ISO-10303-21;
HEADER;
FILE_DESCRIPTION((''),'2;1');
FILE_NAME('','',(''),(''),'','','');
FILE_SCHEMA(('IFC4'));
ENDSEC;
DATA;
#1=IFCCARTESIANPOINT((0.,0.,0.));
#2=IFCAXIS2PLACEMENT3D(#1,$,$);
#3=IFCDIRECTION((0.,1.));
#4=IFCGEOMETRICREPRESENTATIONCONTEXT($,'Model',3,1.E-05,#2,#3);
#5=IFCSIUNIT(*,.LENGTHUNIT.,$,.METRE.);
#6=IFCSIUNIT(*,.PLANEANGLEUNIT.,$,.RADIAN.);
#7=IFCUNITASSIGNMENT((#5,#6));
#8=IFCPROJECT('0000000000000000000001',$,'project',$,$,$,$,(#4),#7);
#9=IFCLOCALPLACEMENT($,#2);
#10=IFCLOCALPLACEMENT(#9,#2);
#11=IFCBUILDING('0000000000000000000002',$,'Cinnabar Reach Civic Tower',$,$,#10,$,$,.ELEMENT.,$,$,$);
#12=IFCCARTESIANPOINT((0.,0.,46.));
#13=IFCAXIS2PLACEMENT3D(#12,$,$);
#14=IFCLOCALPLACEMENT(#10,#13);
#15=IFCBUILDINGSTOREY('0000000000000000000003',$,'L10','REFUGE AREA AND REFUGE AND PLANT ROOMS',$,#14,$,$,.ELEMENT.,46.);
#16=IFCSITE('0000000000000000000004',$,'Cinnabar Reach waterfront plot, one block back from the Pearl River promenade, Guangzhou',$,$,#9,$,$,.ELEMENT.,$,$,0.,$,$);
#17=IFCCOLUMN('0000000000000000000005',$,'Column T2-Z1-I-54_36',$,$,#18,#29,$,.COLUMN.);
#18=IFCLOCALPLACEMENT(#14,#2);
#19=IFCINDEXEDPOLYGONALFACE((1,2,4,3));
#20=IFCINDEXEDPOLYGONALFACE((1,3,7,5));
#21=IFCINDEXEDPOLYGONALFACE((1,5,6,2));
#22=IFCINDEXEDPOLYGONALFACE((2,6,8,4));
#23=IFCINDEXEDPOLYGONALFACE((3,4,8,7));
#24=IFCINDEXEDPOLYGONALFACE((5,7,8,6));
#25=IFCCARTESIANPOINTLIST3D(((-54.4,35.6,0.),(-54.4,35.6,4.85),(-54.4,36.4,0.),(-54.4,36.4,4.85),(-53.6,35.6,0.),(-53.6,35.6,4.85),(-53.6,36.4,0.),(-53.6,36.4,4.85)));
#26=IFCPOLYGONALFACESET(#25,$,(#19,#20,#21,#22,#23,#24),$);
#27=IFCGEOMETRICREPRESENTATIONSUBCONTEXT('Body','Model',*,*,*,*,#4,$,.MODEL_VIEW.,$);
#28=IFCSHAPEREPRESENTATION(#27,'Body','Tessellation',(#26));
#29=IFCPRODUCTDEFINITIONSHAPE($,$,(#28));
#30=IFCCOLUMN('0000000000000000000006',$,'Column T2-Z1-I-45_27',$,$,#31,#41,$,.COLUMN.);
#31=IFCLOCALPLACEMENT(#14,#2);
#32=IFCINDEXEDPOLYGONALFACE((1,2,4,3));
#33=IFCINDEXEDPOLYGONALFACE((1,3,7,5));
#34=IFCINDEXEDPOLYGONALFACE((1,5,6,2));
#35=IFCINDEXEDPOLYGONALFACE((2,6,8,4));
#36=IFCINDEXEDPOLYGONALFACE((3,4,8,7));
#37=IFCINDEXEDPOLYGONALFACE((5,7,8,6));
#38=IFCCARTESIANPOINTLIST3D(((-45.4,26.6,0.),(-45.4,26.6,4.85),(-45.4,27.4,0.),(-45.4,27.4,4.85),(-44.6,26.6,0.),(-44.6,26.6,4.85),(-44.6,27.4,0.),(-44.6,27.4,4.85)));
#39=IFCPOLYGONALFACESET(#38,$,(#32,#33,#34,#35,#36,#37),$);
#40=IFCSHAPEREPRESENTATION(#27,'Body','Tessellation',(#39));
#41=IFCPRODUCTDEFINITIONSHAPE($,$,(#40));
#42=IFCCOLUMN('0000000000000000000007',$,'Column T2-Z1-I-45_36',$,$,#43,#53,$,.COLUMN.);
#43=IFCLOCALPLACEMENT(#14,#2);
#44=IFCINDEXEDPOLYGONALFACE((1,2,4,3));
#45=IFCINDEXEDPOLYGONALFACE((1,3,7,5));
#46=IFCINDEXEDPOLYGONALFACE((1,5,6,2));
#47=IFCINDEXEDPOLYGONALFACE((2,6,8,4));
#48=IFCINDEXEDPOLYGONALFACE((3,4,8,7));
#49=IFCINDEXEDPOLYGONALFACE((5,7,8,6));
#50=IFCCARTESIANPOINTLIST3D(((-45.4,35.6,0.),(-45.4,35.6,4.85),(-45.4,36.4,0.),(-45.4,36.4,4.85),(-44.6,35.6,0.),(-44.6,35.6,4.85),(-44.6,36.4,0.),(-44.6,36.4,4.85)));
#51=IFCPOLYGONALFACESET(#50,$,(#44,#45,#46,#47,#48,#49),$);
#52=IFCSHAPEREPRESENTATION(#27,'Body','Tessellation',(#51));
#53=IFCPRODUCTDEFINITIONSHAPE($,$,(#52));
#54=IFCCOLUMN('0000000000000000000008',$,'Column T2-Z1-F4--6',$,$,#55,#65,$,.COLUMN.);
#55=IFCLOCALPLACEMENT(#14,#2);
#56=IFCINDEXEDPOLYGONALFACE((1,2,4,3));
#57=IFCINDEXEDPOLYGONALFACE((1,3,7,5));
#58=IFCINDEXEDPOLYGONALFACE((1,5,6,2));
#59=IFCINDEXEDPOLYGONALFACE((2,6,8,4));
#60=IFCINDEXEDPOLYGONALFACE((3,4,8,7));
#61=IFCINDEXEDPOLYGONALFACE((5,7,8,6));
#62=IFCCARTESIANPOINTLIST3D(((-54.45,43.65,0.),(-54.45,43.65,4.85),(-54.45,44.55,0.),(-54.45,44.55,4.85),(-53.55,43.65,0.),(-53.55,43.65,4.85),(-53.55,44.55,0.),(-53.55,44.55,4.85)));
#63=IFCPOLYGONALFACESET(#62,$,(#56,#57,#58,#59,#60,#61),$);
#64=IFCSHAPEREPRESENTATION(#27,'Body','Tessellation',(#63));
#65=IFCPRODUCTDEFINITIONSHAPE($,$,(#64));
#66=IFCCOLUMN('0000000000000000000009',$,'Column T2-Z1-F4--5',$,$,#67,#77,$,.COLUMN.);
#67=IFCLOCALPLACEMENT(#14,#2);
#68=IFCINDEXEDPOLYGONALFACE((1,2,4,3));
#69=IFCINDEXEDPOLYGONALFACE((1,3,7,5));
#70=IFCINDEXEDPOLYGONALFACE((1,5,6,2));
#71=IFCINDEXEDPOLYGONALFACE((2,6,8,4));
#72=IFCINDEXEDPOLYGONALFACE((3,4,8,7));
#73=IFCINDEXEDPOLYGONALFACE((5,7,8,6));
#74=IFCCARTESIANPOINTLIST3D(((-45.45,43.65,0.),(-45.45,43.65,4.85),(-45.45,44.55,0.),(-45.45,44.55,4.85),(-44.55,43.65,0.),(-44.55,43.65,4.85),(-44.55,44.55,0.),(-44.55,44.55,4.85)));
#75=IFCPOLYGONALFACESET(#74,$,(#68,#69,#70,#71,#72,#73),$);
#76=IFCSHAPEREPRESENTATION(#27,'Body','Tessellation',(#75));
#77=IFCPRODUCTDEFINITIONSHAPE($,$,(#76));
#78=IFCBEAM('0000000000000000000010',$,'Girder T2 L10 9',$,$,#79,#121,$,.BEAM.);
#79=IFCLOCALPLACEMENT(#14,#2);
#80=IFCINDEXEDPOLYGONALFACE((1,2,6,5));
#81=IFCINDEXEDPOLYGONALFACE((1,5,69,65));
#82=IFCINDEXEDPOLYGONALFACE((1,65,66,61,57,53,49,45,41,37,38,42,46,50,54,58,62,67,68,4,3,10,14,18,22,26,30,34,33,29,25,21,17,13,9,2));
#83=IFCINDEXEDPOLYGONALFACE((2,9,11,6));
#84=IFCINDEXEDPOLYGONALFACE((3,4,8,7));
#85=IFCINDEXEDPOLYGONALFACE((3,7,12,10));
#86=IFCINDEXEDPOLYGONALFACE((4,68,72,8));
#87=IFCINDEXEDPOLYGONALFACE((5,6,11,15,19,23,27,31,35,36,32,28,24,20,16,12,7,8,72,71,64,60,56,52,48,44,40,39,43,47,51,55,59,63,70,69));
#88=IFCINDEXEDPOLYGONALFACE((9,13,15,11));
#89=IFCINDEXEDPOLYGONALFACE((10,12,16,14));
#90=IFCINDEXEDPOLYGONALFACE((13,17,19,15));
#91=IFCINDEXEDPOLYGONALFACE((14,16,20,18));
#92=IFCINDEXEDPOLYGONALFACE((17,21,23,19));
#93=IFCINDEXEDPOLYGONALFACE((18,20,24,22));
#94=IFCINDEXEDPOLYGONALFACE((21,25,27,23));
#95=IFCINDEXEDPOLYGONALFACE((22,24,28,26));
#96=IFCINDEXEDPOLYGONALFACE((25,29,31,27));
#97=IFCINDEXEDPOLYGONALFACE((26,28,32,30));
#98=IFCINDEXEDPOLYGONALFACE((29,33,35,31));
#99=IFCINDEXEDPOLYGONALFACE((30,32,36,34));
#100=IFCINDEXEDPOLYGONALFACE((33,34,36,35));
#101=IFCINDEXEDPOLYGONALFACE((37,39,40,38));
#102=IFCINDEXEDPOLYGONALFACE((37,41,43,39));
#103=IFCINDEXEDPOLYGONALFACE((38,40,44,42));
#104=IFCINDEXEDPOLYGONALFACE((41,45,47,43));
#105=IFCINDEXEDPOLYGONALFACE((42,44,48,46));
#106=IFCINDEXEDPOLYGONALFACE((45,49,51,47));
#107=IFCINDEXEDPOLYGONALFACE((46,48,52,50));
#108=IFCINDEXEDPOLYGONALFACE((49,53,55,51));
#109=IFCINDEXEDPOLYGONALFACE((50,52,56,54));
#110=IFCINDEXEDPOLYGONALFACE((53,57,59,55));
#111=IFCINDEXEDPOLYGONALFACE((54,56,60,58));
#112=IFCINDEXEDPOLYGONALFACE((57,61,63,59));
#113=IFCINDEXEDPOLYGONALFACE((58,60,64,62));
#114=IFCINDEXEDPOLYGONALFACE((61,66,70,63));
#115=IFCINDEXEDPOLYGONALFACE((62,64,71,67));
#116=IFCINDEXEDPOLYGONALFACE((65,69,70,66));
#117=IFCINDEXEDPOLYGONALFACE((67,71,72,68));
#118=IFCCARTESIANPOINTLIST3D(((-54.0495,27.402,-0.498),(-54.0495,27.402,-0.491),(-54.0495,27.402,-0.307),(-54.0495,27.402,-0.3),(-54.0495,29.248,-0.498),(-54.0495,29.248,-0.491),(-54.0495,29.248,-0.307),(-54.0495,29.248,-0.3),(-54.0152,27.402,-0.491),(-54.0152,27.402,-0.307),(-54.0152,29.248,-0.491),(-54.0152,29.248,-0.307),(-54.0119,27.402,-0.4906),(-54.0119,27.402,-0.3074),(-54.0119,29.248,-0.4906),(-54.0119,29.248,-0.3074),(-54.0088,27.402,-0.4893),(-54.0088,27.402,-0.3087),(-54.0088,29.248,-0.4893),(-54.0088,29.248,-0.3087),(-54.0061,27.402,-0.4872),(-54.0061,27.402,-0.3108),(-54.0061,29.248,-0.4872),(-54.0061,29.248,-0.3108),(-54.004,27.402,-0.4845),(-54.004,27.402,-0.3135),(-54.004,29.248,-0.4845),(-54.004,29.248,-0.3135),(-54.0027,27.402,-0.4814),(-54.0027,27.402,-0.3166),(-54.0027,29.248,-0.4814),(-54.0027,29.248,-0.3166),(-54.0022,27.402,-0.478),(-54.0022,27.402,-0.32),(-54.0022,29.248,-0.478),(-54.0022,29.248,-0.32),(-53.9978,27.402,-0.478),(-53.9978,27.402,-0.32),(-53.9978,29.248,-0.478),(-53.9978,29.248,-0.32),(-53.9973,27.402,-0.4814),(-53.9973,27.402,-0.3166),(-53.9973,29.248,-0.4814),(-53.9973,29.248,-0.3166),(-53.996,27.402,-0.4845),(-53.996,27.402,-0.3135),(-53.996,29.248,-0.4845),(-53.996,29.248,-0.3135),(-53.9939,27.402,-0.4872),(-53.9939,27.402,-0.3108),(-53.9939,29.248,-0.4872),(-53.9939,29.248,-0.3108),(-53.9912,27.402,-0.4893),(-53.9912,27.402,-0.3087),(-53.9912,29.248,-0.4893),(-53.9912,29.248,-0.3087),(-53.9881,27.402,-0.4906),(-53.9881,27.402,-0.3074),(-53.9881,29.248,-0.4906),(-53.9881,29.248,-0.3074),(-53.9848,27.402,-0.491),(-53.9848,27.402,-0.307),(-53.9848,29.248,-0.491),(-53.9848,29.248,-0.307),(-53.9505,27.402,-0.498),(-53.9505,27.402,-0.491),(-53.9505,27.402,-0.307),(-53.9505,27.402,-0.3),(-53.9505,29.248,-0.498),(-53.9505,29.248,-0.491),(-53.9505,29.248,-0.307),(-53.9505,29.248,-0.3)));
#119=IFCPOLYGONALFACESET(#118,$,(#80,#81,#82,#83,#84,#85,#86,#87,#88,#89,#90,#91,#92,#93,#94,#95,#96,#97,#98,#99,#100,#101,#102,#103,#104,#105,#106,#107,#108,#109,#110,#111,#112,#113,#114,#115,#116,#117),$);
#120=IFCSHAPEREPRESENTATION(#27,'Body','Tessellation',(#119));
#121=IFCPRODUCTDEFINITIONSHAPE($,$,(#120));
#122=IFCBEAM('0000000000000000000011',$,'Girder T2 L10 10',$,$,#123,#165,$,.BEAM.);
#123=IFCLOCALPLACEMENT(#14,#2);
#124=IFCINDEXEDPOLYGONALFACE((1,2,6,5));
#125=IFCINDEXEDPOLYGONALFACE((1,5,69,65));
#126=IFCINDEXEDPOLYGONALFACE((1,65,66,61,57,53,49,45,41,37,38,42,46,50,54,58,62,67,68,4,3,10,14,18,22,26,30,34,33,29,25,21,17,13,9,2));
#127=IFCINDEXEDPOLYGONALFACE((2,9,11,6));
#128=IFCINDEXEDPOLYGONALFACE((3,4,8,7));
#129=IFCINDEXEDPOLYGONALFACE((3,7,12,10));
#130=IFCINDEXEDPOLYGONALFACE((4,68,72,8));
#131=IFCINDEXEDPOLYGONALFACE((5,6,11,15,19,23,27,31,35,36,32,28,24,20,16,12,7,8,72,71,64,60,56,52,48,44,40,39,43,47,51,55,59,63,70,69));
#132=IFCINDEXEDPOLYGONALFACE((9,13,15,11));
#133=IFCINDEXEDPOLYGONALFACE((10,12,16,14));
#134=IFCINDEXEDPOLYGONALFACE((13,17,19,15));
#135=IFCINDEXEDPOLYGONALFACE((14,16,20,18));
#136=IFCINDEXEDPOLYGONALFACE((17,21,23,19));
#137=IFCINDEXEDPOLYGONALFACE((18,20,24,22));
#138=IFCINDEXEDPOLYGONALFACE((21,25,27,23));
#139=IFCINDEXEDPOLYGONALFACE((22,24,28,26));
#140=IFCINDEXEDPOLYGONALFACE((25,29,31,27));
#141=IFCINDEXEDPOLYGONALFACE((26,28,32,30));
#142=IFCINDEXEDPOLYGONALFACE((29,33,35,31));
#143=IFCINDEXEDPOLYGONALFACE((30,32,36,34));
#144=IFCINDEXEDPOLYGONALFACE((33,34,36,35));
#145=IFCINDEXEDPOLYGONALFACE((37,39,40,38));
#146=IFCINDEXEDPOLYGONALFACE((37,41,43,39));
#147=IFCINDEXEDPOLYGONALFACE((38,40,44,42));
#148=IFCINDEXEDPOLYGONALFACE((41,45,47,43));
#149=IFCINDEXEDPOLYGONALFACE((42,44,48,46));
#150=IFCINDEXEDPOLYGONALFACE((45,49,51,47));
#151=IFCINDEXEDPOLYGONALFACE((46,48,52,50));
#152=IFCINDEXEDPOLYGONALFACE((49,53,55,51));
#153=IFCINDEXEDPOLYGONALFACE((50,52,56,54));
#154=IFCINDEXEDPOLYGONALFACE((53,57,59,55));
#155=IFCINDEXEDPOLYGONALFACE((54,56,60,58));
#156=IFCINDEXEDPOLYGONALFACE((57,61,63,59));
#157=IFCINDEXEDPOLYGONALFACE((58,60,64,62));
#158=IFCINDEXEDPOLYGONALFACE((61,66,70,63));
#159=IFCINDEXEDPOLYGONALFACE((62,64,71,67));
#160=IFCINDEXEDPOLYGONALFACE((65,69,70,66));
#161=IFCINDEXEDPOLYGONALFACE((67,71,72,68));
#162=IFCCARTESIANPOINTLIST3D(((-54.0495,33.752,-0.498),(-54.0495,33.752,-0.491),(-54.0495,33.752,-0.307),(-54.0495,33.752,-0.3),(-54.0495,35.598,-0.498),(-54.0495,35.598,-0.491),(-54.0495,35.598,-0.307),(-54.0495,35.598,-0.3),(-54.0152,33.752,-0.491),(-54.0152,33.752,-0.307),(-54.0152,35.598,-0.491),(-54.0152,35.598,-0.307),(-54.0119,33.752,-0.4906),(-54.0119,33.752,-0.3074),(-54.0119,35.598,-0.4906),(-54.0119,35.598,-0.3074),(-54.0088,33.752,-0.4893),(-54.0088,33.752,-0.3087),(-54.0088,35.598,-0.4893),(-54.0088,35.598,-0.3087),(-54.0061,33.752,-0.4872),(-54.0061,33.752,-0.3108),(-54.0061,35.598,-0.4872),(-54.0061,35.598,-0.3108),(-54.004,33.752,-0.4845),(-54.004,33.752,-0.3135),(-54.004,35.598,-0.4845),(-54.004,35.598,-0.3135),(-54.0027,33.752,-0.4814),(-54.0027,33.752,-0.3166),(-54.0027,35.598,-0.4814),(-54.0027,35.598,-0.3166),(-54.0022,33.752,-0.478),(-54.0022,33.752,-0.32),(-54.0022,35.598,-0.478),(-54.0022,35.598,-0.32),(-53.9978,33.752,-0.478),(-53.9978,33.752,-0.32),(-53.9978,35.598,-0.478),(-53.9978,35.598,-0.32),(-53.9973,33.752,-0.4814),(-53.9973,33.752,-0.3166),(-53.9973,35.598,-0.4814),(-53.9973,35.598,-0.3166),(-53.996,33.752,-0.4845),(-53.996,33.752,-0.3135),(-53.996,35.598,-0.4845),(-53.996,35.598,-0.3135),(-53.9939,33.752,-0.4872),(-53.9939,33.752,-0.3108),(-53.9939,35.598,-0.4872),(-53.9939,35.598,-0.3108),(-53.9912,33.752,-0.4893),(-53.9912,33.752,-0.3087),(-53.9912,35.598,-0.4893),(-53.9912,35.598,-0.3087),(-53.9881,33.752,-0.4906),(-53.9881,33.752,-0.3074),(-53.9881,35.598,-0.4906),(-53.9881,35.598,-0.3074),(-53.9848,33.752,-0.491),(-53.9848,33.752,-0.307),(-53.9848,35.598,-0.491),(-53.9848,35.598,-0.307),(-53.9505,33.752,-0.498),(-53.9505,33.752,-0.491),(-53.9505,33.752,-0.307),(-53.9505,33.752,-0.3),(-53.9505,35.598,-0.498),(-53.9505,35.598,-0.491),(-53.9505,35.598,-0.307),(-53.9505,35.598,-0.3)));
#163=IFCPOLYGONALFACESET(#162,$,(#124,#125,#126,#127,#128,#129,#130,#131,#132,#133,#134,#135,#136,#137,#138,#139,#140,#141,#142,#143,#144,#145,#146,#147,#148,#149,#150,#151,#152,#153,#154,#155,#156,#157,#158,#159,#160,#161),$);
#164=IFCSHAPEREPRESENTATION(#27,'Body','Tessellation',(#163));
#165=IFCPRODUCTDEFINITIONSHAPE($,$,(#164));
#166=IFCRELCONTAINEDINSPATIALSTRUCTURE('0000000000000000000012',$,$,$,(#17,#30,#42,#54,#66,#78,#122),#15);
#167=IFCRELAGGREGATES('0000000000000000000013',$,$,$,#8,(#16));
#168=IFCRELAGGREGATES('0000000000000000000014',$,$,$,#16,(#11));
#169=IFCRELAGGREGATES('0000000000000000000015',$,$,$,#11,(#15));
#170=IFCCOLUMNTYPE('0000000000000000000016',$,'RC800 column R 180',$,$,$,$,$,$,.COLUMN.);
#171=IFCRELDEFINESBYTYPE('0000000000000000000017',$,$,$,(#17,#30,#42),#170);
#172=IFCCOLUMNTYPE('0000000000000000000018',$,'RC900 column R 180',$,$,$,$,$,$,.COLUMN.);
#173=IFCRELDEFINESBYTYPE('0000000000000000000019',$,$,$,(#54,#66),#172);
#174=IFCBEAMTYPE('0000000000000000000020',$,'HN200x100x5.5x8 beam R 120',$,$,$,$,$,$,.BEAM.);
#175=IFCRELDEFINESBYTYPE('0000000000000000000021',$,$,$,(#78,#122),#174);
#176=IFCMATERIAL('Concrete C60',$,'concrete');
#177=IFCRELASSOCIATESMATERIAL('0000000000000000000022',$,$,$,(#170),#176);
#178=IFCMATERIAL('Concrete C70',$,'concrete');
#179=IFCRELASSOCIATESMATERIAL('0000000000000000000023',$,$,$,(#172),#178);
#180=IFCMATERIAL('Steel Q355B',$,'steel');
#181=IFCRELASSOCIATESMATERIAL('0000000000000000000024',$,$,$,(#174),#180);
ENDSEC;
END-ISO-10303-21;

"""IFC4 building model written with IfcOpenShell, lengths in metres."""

from ifc_helpers import new_model, si_unit, direction, frame, origin, origin_2d, place, context, subcontext, project, spatial, rectangle, i_section, extrude, material, material_profile, profile_set, type_object, element, save


model = new_model("IFC4")

# Units and contexts
model_context = context("Model", 3, precision=1e-05, world=origin(), true_north=direction((0.0, 1.0)))
body_context = subcontext(model_context, "Body", "Model", "MODEL_VIEW")
ifc_project = project(units=[si_unit("LENGTHUNIT", "METRE"), si_unit("PLANEANGLEUNIT", "RADIAN")], contexts=[model_context])

# Site, building, storey
site_placement = place(None, origin())
site = spatial("IfcSite", under=ifc_project, at=site_placement, Name="Cinnabar Reach waterfront plot, one block back from the Pearl River promenade, Guangzhou", CompositionType="ELEMENT", RefElevation=0.0)
building_placement = place(site_placement, origin())
building = spatial("IfcBuilding", under=site, at=building_placement, Name="Cinnabar Reach Civic Tower", CompositionType="ELEMENT")
storey_placement = place(building_placement, frame((0.0, 0.0, 46.0)))
storey = spatial("IfcBuildingStorey", under=building, at=storey_placement, Name="L10", Description="REFUGE AREA AND REFUGE AND PLANT ROOMS", CompositionType="ELEMENT", Elevation=46.0)

# Columns
ifc_material_1 = material(Name="Concrete C60", Category="concrete")
ifc_material_profile_1 = material_profile(ifc_material_1, rectangle(XDim=0.8, YDim=0.8, at=origin_2d()), Name="RC800")
ifc_profile_set_1 = profile_set([ifc_material_profile_1], Name="Concrete C60")
column_type_1 = type_object("IfcColumnType", Name="RC800 column R 180", PredefinedType="COLUMN", material=ifc_profile_set_1)
for number, where, z_axis, x_axis, name in (
    (1, (-54.0, 36.0, 0.0), (0.0, 0.0, 1.0), (1.0, 0.0, 0.0), "Column T2-Z1-I-54_36"),
    (2, (-45.0, 27.0, 0.0), (0.0, 0.0, 1.0), (1.0, 0.0, 0.0), "Column T2-Z1-I-45_27"),
    (3, (-45.0, 36.0, 0.0), (0.0, 0.0, 1.0), (1.0, 0.0, 0.0), "Column T2-Z1-I-45_36"),
):
    element("IfcColumn", number, at=place(storey_placement, frame(where, z_axis=z_axis, x_axis=x_axis)), inside=storey, type_object=column_type_1, Name=name, PredefinedType="COLUMN", context=body_context, shape_type="SweptSolid", body=[
        extrude(rectangle(XDim=0.8, YDim=0.8, at=origin_2d()), origin(), (0.0, 0.0, 1.0), 4.85),
    ])
ifc_material_2 = material(Name="Concrete C70", Category="concrete")
ifc_material_profile_2 = material_profile(ifc_material_2, rectangle(XDim=0.9, YDim=0.9, at=origin_2d()), Name="RC900")
ifc_profile_set_2 = profile_set([ifc_material_profile_2], Name="Concrete C70")
column_type_2 = type_object("IfcColumnType", Name="RC900 column R 180", PredefinedType="COLUMN", material=ifc_profile_set_2)
for number, where, z_axis, x_axis, name in (
    (4, (-54.0, 44.1, 0.0), (0.0, 0.0, 1.0), (1.0, 0.0, 0.0), "Column T2-Z1-F4--6"),
    (5, (-45.0, 44.1, 0.0), (0.0, 0.0, 1.0), (1.0, 0.0, 0.0), "Column T2-Z1-F4--5"),
):
    element("IfcColumn", number, at=place(storey_placement, frame(where, z_axis=z_axis, x_axis=x_axis)), inside=storey, type_object=column_type_2, Name=name, PredefinedType="COLUMN", context=body_context, shape_type="SweptSolid", body=[
        extrude(rectangle(XDim=0.9, YDim=0.9, at=origin_2d()), origin(), (0.0, 0.0, 1.0), 4.85),
    ])

# Beams
ifc_material_3 = material(Name="Steel Q355B", Category="steel")
ifc_material_profile_3 = material_profile(ifc_material_3, i_section(OverallWidth=0.099, OverallDepth=0.198, WebThickness=0.0045, FlangeThickness=0.007, FilletRadius=0.013, at=origin_2d()), Name="HN200x100x5.5x8")
ifc_profile_set_3 = profile_set([ifc_material_profile_3], Name="Steel Q355B")
beam_type_1 = type_object("IfcBeamType", Name="HN200x100x5.5x8 beam R 120", PredefinedType="BEAM", material=ifc_profile_set_3)
for number, where, z_axis, x_axis, name in (
    (6, (-54.0, 27.402, -0.399), (0.0, 1.0, 0.0), (-1.0, 0.0, 0.0), "Girder T2 L10 9"),
    (7, (-54.0, 33.752, -0.399), (0.0, 1.0, 0.0), (-1.0, 0.0, 0.0), "Girder T2 L10 10"),
):
    element("IfcBeam", number, at=place(storey_placement, frame(where, z_axis=z_axis, x_axis=x_axis)), inside=storey, type_object=beam_type_1, Name=name, PredefinedType="BEAM", context=body_context, shape_type="SweptSolid", body=[
        extrude(i_section(OverallWidth=0.099, OverallDepth=0.198, WebThickness=0.0045, FlangeThickness=0.007, FilletRadius=0.013, at=origin_2d()), origin(), (0.0, 0.0, 1.0), 1.846),
    ])

save(model, "model.ifc")
